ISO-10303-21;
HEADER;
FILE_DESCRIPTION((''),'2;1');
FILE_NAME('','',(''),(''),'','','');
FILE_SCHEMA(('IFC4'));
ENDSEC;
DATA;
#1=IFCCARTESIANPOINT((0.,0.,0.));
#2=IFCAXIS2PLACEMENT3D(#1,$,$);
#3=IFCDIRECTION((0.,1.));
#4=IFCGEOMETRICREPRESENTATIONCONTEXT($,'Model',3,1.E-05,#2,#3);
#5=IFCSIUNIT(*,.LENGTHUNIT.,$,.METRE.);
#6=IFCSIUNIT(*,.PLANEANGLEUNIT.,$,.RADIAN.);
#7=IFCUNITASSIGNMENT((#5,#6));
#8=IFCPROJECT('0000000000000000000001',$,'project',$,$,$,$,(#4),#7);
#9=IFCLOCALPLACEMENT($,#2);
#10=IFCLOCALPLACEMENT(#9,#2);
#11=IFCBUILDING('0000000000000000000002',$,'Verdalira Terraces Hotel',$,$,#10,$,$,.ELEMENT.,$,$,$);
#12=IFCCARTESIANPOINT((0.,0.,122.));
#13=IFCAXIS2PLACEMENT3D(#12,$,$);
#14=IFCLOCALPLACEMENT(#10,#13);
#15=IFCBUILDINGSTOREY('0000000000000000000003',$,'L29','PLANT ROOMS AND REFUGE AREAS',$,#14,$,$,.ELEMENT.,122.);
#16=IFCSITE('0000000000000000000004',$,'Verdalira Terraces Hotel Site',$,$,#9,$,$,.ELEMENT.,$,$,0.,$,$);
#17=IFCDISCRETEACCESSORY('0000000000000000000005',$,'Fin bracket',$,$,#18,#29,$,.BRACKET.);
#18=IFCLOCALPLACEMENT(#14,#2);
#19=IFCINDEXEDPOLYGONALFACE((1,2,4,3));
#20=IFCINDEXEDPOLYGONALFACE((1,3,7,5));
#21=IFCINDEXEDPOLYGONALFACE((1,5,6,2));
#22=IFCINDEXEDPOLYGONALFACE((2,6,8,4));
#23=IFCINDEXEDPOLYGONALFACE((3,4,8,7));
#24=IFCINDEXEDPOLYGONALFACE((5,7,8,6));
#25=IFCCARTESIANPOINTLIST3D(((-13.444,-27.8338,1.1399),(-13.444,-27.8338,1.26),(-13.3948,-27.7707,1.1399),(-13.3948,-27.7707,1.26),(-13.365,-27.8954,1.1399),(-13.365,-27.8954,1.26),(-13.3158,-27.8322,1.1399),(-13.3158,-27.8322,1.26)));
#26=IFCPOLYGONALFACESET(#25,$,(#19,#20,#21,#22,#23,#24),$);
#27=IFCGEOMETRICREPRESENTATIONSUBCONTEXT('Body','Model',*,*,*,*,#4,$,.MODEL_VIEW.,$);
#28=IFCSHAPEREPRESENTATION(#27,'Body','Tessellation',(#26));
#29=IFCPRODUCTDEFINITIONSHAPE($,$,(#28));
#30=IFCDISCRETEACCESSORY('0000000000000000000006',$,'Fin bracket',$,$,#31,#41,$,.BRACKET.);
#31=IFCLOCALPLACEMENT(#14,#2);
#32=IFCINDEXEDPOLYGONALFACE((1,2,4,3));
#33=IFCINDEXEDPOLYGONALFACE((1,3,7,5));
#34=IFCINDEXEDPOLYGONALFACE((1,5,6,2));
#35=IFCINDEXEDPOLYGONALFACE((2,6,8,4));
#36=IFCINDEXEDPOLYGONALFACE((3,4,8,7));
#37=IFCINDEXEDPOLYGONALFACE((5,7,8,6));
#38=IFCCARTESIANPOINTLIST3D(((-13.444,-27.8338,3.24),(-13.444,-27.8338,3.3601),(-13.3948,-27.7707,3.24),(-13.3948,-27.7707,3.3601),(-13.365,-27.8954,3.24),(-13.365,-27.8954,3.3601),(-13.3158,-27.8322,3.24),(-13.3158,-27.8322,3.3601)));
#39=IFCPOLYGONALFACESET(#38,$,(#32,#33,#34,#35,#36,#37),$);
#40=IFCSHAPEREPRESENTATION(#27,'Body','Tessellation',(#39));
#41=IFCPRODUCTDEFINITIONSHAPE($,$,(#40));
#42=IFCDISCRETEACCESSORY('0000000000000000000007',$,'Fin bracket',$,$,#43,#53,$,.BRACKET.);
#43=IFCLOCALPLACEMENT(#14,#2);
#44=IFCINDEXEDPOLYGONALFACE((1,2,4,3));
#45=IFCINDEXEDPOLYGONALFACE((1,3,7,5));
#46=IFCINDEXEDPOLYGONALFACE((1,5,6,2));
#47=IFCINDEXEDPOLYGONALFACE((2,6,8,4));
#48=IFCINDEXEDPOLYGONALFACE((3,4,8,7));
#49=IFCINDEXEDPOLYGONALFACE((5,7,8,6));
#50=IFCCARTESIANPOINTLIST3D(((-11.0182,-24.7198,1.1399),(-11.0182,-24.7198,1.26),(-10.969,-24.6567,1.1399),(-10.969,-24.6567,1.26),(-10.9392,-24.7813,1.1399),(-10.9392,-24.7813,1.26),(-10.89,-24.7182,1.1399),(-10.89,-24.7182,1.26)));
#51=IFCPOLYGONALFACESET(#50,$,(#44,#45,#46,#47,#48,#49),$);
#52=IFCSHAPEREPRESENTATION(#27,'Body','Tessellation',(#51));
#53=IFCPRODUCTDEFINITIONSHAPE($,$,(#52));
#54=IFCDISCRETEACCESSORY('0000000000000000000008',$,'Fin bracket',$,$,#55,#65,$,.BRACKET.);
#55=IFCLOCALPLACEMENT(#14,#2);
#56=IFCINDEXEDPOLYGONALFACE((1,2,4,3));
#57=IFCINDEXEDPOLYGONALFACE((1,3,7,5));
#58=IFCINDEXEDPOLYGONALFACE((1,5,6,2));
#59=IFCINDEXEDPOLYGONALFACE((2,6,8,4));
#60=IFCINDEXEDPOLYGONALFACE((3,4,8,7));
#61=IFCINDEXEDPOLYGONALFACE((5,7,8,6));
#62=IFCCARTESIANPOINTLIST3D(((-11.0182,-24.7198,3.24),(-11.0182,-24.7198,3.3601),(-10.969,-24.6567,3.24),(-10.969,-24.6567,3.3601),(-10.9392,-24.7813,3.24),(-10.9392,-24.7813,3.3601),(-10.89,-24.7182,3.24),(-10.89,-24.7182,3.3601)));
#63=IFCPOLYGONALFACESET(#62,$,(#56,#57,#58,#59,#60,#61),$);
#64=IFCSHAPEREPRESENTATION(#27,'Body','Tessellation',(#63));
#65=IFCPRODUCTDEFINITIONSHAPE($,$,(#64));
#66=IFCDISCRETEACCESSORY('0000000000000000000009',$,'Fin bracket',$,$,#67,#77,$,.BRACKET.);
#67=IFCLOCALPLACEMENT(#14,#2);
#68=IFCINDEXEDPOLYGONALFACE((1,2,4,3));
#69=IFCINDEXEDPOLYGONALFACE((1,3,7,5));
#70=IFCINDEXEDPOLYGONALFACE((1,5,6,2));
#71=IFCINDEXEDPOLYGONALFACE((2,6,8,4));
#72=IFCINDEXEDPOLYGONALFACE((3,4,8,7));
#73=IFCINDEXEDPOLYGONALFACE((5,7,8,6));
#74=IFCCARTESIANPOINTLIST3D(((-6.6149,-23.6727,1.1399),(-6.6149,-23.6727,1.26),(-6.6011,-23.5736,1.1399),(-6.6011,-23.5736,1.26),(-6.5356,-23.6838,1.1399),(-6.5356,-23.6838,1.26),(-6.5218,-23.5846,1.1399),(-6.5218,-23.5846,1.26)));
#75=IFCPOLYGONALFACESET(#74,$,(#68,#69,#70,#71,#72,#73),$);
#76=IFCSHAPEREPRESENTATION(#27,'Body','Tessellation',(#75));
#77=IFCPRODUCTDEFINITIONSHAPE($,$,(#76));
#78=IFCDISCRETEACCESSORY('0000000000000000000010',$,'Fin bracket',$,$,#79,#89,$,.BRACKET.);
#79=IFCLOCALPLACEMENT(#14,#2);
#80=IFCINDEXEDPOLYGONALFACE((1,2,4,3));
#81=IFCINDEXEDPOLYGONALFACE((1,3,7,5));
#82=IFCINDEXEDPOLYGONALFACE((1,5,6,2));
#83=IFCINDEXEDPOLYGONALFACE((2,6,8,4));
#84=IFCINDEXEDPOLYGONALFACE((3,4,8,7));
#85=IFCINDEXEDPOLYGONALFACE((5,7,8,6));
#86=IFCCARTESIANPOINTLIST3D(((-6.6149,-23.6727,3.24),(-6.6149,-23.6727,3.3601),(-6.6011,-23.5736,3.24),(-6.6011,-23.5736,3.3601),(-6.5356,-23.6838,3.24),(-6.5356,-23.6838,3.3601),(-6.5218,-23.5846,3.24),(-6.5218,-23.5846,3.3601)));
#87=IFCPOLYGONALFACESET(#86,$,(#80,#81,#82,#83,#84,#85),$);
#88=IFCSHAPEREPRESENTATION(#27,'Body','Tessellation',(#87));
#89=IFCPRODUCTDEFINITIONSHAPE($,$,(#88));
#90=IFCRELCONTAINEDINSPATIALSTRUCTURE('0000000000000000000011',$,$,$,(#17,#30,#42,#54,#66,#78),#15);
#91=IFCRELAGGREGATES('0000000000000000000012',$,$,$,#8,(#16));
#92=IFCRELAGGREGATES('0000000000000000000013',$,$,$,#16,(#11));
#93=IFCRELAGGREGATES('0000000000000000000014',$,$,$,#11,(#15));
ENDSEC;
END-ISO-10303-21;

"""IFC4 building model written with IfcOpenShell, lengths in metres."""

from ifc_helpers import new_model, si_unit, direction, frame, origin, origin_2d, place, context, subcontext, project, spatial, rectangle, extrude, element, save


model = new_model("IFC4")

# Units and contexts
model_context = context("Model", 3, precision=1e-05, world=origin(), true_north=direction((0.0, 1.0)))
body_context = subcontext(model_context, "Body", "Model", "MODEL_VIEW")
ifc_project = project(units=[si_unit("LENGTHUNIT", "METRE"), si_unit("PLANEANGLEUNIT", "RADIAN")], contexts=[model_context])

# Site, building, storey
site_placement = place(None, origin())
site = spatial("IfcSite", under=ifc_project, at=site_placement, Name="Verdalira Terraces Hotel Site", CompositionType="ELEMENT", RefElevation=0.0)
building_placement = place(site_placement, origin())
building = spatial("IfcBuilding", under=site, at=building_placement, Name="Verdalira Terraces Hotel", CompositionType="ELEMENT")
storey_placement = place(building_placement, frame((0.0, 0.0, 122.0)))
storey = spatial("IfcBuildingStorey", under=building, at=storey_placement, Name="L29", Description="PLANT ROOMS AND REFUGE AREAS", CompositionType="ELEMENT", Elevation=122.0)

# Discrete accessories
for number, where, z_axis, x_axis, name in (
    (1, (-13.3799, -27.833, 1.1399), (0.0, 0.0, 1.0), (0.614561, 0.78887, 0.0), "Fin bracket"),
    (2, (-13.3799, -27.833, 3.24), (0.0, 0.0, 1.0), (0.614561, 0.78887, 0.0), "Fin bracket"),
    (3, (-10.9541, -24.719, 1.1399), (0.0, 0.0, 1.0), (0.614561, 0.78887, 0.0), "Fin bracket"),
    (4, (-10.9541, -24.719, 3.24), (0.0, 0.0, 1.0), (0.614561, 0.78887, 0.0), "Fin bracket"),
    (5, (-6.5684, -23.6287, 1.1399), (0.0, 0.0, 1.0), (0.990461, -0.13779, 0.0), "Fin bracket"),
    (6, (-6.5684, -23.6287, 3.24), (0.0, 0.0, 1.0), (0.990461, -0.13779, 0.0), "Fin bracket"),
):
    element("IfcDiscreteAccessory", number, at=place(storey_placement, frame(where, z_axis=z_axis, x_axis=x_axis)), inside=storey, Name=name, PredefinedType="BRACKET", context=body_context, shape_type="SweptSolid", body=[
        extrude(rectangle(XDim=0.0801, YDim=0.1001, at=origin_2d()), origin(), (0.0, 0.0, 1.0), 0.1201),
    ])

save(model, "model.ifc")
